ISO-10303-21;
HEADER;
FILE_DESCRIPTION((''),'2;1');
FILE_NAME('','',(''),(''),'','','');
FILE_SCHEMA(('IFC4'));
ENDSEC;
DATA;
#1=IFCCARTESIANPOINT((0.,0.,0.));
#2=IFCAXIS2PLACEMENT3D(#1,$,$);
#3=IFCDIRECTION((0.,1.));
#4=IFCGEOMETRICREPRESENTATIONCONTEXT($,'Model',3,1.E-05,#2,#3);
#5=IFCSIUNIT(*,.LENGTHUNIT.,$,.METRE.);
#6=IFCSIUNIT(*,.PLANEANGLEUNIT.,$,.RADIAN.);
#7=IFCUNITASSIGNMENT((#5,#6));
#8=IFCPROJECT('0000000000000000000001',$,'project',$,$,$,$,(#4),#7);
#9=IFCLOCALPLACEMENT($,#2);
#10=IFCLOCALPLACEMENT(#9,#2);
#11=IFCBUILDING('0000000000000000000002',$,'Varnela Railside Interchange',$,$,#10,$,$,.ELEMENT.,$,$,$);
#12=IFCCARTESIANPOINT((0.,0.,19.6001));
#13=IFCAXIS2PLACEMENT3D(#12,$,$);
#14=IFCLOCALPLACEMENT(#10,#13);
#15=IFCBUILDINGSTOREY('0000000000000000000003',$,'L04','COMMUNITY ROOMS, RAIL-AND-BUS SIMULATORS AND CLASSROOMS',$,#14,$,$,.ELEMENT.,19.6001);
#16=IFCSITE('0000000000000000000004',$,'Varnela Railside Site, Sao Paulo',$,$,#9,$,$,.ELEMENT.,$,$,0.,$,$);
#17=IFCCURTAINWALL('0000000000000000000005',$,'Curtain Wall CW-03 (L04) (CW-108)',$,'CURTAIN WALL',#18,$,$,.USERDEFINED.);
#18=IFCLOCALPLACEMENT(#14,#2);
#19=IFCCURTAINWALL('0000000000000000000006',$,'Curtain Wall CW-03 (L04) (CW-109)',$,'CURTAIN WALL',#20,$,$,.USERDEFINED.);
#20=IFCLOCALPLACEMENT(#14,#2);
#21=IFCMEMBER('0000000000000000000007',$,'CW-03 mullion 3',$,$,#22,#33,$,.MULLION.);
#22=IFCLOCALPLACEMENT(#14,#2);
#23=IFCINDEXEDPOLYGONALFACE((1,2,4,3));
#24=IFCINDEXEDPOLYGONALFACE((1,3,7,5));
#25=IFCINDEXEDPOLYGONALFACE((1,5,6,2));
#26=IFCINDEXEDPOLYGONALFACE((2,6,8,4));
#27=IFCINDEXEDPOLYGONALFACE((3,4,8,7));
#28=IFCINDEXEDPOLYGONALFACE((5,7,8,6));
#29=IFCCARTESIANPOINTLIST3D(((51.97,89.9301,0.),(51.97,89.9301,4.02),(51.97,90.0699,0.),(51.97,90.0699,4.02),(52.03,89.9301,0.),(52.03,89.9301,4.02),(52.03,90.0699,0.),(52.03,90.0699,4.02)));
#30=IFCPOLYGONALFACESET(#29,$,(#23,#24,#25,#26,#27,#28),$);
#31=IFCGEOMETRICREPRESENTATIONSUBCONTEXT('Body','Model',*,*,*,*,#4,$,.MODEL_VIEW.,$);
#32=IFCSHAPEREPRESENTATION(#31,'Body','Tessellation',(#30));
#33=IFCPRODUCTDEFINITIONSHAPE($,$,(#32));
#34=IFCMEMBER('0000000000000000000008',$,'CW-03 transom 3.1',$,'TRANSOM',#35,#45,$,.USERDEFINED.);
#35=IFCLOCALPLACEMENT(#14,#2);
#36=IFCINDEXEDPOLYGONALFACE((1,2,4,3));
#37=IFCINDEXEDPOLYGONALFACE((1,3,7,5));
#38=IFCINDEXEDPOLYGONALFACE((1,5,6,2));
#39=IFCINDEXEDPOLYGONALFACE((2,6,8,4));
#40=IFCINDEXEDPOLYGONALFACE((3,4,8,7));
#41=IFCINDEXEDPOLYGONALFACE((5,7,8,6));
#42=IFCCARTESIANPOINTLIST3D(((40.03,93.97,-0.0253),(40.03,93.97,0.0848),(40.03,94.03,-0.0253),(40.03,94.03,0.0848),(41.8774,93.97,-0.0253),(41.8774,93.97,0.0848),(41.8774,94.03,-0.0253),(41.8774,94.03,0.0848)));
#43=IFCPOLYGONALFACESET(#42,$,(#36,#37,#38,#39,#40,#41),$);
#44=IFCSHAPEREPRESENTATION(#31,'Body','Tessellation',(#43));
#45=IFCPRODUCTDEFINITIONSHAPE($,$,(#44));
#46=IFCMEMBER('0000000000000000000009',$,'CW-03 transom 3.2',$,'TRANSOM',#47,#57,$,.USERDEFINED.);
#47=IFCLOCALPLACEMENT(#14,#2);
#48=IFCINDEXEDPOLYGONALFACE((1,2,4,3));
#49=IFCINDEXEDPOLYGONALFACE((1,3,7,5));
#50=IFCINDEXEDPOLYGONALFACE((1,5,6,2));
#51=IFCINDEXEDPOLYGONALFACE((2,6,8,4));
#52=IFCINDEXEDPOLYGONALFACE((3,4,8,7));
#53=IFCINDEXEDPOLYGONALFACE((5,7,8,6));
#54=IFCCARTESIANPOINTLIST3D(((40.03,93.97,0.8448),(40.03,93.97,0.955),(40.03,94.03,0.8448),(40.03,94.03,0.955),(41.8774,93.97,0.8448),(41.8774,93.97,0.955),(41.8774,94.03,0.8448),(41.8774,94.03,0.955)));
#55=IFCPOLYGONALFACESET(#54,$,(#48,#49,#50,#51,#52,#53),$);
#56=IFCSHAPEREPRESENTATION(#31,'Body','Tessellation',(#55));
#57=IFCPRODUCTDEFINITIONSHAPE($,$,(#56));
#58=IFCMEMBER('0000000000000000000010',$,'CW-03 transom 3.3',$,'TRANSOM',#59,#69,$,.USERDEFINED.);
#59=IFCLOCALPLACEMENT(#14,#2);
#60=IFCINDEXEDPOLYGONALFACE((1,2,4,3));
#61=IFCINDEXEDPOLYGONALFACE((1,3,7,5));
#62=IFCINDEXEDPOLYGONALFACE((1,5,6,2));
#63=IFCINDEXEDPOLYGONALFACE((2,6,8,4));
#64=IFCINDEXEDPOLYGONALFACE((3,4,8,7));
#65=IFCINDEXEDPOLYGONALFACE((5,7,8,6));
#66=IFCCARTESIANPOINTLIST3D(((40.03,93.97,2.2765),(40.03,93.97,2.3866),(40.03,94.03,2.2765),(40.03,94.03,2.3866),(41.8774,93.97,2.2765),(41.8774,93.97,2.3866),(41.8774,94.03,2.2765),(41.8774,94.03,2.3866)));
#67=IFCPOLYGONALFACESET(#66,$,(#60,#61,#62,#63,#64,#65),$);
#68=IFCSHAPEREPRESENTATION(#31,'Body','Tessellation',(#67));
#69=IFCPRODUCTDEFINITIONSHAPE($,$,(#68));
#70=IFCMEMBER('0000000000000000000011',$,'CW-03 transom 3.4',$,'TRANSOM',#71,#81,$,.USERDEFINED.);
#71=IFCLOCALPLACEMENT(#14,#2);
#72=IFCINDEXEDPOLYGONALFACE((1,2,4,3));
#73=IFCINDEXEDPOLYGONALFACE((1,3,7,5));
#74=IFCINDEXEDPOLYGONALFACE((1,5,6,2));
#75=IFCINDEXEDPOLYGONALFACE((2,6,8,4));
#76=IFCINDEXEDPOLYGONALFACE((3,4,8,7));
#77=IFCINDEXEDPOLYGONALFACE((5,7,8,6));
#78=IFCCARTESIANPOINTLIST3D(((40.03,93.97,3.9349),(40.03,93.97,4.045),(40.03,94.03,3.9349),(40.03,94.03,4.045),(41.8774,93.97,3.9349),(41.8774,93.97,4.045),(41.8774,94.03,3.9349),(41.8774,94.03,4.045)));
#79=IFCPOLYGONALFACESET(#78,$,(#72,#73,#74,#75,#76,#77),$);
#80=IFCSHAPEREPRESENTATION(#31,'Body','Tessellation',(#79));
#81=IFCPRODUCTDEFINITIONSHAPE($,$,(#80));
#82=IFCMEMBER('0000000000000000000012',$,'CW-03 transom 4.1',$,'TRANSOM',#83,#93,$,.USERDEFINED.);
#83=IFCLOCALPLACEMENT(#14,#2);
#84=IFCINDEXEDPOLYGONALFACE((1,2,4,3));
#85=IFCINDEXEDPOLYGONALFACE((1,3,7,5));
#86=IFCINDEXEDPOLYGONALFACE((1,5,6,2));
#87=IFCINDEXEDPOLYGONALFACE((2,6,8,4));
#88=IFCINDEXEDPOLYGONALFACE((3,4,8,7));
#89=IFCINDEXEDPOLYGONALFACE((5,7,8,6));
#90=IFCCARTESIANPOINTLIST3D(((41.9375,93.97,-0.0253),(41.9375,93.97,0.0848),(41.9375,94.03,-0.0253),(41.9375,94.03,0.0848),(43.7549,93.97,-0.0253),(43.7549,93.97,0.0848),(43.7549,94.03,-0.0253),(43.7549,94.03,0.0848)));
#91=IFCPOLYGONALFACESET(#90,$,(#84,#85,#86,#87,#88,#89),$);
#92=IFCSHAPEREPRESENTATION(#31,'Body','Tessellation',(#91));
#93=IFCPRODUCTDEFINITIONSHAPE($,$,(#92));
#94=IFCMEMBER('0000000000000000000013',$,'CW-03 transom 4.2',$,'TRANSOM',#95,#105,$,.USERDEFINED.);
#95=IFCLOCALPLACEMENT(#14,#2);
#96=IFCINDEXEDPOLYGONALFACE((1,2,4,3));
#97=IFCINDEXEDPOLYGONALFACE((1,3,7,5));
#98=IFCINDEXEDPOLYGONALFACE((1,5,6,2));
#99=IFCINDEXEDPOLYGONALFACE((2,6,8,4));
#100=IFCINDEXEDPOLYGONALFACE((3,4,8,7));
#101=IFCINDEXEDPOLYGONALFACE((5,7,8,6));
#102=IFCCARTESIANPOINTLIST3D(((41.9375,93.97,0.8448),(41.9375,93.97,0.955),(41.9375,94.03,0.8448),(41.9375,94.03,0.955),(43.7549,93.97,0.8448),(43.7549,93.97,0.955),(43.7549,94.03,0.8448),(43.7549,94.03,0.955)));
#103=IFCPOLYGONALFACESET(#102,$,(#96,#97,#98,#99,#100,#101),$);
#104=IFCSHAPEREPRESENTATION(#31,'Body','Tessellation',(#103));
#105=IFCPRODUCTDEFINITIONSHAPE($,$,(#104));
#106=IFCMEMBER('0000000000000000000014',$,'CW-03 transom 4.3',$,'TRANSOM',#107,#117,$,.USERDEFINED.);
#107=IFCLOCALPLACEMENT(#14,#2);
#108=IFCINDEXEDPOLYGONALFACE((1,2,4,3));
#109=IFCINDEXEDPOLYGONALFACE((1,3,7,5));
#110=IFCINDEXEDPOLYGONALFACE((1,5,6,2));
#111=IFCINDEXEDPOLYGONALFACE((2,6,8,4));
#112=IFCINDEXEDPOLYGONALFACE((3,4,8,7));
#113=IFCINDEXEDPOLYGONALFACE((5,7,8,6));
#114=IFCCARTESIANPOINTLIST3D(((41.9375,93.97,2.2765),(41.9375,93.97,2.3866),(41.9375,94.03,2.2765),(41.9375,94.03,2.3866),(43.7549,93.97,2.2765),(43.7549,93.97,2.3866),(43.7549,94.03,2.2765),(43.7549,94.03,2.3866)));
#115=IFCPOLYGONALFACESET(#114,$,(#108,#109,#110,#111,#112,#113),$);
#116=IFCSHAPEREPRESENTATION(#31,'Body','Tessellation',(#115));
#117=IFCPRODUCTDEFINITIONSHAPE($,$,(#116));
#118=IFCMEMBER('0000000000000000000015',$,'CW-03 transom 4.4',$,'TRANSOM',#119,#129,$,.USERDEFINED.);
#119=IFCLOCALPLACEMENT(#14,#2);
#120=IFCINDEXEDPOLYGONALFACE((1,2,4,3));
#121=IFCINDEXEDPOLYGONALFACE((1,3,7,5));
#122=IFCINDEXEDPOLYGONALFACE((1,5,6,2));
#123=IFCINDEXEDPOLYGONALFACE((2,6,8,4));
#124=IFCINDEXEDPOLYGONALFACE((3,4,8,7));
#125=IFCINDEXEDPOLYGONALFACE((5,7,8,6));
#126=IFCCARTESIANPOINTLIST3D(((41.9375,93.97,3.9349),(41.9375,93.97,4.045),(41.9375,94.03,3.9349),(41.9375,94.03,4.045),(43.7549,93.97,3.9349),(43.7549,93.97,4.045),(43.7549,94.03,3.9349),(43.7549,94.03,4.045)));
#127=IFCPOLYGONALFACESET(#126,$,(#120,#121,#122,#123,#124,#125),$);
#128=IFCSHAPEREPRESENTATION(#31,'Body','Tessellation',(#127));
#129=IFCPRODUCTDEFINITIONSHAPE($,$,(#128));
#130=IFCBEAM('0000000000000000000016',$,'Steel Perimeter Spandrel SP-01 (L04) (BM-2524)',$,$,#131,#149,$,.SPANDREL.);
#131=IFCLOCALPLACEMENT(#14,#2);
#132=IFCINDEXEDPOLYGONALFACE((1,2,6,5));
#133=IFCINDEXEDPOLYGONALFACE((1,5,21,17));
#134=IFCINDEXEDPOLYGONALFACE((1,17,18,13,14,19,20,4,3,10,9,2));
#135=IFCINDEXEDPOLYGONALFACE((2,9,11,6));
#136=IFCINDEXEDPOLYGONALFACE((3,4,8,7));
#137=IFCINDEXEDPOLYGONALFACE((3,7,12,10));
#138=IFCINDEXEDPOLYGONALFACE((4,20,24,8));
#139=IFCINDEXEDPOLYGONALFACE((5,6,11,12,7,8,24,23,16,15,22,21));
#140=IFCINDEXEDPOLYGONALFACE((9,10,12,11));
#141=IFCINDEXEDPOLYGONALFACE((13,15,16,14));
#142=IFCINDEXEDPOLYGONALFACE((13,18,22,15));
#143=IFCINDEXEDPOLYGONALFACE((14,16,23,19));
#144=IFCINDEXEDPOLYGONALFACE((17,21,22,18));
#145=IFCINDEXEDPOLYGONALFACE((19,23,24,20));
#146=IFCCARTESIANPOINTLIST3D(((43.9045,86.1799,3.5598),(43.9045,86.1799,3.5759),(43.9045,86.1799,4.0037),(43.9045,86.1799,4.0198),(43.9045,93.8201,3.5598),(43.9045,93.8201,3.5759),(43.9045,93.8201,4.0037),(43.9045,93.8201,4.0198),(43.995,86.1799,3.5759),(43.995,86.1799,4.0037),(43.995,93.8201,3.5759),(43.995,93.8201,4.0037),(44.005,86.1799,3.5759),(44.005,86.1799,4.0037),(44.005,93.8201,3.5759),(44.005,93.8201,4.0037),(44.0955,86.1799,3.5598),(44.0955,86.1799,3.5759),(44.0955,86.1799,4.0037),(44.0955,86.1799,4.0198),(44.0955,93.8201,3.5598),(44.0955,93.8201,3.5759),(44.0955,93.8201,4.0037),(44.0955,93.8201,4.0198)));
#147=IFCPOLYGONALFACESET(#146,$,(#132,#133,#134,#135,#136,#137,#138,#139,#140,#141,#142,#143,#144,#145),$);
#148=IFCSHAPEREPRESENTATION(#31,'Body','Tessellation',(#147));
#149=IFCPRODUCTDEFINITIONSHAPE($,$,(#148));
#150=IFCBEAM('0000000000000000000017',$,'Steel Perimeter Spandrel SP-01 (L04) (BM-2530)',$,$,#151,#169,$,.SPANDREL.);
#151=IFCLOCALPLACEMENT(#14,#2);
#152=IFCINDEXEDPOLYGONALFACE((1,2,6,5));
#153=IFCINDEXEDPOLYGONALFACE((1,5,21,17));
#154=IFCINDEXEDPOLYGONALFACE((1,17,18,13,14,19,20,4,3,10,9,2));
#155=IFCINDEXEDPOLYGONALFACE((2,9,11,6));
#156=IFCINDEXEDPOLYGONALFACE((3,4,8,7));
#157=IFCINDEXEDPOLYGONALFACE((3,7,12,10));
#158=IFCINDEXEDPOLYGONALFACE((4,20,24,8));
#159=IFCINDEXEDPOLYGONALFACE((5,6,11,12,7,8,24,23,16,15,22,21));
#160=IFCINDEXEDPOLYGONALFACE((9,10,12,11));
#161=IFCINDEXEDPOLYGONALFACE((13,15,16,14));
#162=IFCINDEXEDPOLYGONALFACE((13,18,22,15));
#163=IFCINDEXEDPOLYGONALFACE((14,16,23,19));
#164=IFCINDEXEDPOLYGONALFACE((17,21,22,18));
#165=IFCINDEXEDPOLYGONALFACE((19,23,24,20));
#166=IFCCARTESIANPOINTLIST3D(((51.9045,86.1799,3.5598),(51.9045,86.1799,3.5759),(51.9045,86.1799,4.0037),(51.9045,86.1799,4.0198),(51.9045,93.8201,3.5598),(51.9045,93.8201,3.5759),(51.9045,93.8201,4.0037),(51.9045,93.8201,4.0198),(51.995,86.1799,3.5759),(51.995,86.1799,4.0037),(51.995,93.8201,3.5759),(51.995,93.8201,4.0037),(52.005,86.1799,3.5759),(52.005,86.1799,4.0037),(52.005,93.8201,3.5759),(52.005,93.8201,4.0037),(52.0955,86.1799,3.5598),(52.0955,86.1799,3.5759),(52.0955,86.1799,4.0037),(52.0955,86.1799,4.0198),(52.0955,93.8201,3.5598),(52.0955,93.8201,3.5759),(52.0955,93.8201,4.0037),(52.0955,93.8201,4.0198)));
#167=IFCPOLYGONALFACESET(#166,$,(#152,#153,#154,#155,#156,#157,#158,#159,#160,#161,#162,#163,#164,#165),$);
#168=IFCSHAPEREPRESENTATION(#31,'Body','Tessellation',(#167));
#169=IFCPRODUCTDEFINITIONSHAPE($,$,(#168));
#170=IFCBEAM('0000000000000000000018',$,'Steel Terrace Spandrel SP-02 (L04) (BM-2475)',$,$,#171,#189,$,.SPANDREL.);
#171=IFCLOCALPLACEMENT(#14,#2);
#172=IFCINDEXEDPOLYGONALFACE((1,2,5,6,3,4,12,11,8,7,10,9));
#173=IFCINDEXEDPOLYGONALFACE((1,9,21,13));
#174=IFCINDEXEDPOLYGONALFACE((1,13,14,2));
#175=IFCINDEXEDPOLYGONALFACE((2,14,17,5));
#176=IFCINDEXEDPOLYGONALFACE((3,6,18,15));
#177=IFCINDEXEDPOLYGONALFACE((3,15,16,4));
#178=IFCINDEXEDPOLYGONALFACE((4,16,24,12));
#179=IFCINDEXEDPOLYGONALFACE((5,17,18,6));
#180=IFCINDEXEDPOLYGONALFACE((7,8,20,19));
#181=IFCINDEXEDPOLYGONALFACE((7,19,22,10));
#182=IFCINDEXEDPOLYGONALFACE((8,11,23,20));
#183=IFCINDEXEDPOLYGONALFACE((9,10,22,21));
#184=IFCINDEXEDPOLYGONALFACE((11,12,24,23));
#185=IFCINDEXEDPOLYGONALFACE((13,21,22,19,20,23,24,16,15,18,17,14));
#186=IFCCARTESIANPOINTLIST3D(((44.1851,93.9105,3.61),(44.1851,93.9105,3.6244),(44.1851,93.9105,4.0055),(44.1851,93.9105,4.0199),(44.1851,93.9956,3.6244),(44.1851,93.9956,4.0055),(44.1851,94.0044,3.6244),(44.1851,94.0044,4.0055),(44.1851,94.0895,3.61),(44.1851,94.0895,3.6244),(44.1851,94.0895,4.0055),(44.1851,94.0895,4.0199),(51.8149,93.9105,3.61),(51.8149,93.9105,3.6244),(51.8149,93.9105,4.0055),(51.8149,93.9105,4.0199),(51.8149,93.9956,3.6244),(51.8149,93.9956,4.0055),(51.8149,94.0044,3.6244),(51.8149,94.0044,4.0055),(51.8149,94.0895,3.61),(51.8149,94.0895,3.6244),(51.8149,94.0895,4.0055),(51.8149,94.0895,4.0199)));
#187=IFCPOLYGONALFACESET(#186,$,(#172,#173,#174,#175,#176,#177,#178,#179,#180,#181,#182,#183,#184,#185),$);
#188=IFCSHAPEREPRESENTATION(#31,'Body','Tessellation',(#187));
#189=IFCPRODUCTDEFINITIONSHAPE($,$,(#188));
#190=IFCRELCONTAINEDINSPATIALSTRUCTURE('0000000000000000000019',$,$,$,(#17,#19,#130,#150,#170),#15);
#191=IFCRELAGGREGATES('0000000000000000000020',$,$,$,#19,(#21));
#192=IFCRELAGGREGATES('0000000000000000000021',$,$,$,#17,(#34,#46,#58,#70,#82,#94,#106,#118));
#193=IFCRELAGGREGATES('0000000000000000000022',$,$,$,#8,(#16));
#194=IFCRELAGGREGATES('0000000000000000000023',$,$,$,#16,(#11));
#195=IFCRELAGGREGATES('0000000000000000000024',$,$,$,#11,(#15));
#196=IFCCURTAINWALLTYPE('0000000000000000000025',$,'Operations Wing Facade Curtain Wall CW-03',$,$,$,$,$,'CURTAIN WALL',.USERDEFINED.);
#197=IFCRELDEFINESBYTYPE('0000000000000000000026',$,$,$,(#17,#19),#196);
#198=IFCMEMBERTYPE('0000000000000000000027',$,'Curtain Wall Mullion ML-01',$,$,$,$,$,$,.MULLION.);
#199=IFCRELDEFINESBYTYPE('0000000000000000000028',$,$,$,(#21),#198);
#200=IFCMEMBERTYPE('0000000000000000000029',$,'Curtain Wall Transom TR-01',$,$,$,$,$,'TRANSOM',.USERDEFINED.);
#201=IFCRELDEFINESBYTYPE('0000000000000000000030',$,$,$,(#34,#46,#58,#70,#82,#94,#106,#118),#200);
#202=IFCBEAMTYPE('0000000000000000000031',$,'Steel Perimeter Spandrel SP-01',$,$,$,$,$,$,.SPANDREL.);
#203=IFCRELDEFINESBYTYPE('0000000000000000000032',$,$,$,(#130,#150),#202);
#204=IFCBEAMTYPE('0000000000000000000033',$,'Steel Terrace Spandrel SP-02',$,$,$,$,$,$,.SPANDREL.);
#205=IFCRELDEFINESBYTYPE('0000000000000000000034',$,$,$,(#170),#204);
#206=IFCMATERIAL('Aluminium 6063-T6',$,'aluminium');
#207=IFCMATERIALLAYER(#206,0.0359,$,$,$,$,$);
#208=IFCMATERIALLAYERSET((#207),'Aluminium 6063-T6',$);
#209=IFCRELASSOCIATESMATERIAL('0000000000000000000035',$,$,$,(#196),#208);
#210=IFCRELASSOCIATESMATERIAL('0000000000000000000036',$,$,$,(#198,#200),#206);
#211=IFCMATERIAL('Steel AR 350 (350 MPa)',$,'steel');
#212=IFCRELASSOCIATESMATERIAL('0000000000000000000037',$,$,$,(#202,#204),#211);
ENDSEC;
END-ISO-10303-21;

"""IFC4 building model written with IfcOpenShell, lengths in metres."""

from ifc_helpers import new_model, si_unit, direction, frame, origin, origin_2d, place, context, subcontext, project, spatial, rectangle, i_section, extrude, material, layer, layer_set, material_profile, profile_set, type_object, element, aggregate, save


model = new_model("IFC4")

# Units and contexts
model_context = context("Model", 3, precision=1e-05, world=origin(), true_north=direction((0.0, 1.0)))
body_context = subcontext(model_context, "Body", "Model", "MODEL_VIEW")
ifc_project = project(units=[si_unit("LENGTHUNIT", "METRE"), si_unit("PLANEANGLEUNIT", "RADIAN")], contexts=[model_context])

# Site, building, storey
site_placement = place(None, origin())
site = spatial("IfcSite", under=ifc_project, at=site_placement, Name="Varnela Railside Site, Sao Paulo", CompositionType="ELEMENT", RefElevation=0.0)
building_placement = place(site_placement, origin())
building = spatial("IfcBuilding", under=site, at=building_placement, Name="Varnela Railside Interchange", CompositionType="ELEMENT")
storey_placement = place(building_placement, frame((0.0, 0.0, 19.6001)))
storey = spatial("IfcBuildingStorey", under=building, at=storey_placement, Name="L04", Description="COMMUNITY ROOMS, RAIL-AND-BUS SIMULATORS AND CLASSROOMS", CompositionType="ELEMENT", Elevation=19.6001)

# Shared definitions
ifc_material_1 = material(Name="Steel AR 350 (350 MPa)", Category="steel")

# Curtain walls, member
ifc_material_2 = material(Name="Aluminium 6063-T6", Category="aluminium")
ifc_layer_1 = layer(ifc_material_2, 0.0359)
ifc_layer_set_1 = layer_set([ifc_layer_1], Name="Aluminium 6063-T6")
curtain_wall_type = type_object("IfcCurtainWallType", Name="Operations Wing Facade Curtain Wall CW-03", ElementType="CURTAIN WALL", PredefinedType="USERDEFINED", material=ifc_layer_set_1)
curtain_wall_1_placement = place(storey_placement, origin())
curtain_wall_1 = element("IfcCurtainWall", 1, at=curtain_wall_1_placement, inside=storey, type_object=curtain_wall_type, Name="Curtain Wall CW-03 (L04) (CW-108)", ObjectType="CURTAIN WALL", PredefinedType="USERDEFINED")
ifc_material_profile_1 = material_profile(ifc_material_2, rectangle(XDim=0.0601, YDim=0.1399, at=origin_2d()), Name="ALU 60x140")
ifc_profile_set_1 = profile_set([ifc_material_profile_1], Name="Aluminium 6063-T6")
member_type_1 = type_object("IfcMemberType", Name="Curtain Wall Mullion ML-01", PredefinedType="MULLION", material=ifc_profile_set_1)
curtain_wall_2_placement = place(storey_placement, origin())
curtain_wall_2 = element("IfcCurtainWall", 2, at=curtain_wall_2_placement, inside=storey, type_object=curtain_wall_type, Name="Curtain Wall CW-03 (L04) (CW-109)", ObjectType="CURTAIN WALL", PredefinedType="USERDEFINED")
member_1_placement = place(storey_placement, frame((52.0, 90.0, 0.0), z_axis=(0.0, 0.0, 1.0), x_axis=(1.0, 0.0, 0.0)))
member_1 = element("IfcMember", 3, at=member_1_placement, type_object=member_type_1, Name="CW-03 mullion 3", PredefinedType="MULLION", context=body_context, shape_type="SweptSolid", body=[
    extrude(rectangle(XDim=0.0601, YDim=0.1399, at=origin_2d()), origin(), (0.0, 0.0, 1.0), 4.02),
])
aggregate(curtain_wall_2, [member_1])

# Members
ifc_material_profile_2 = material_profile(ifc_material_2, rectangle(XDim=0.0601, YDim=0.1101, at=origin_2d()), Name="ALU 60x110")
ifc_profile_set_2 = profile_set([ifc_material_profile_2], Name="Aluminium 6063-T6")
member_type_2 = type_object("IfcMemberType", Name="Curtain Wall Transom TR-01", ElementType="TRANSOM", PredefinedType="USERDEFINED", material=ifc_profile_set_2)
member_2_placement = place(storey_placement, frame((40.03, 94.0, 0.0298), z_axis=(1.0, 0.0, 0.0), x_axis=(0.0, 1.0, 0.0)))
member_2 = element("IfcMember", 4, at=member_2_placement, type_object=member_type_2, Name="CW-03 transom 3.1", ObjectType="TRANSOM", PredefinedType="USERDEFINED", context=body_context, shape_type="SweptSolid", body=[
    extrude(rectangle(XDim=0.0601, YDim=0.1101, at=origin_2d()), origin(), (0.0, 0.0, 1.0), 1.8474),
])
member_3_placement = place(storey_placement, frame((40.03, 94.0, 0.8999), z_axis=(1.0, 0.0, 0.0), x_axis=(0.0, 1.0, 0.0)))
member_3 = element("IfcMember", 5, at=member_3_placement, type_object=member_type_2, Name="CW-03 transom 3.2", ObjectType="TRANSOM", PredefinedType="USERDEFINED", context=body_context, shape_type="SweptSolid", body=[
    extrude(rectangle(XDim=0.0601, YDim=0.1101, at=origin_2d()), origin(), (0.0, 0.0, 1.0), 1.8474),
])
member_4_placement = place(storey_placement, frame((40.03, 94.0, 2.3315), z_axis=(1.0, 0.0, 0.0), x_axis=(0.0, 1.0, 0.0)))
member_4 = element("IfcMember", 6, at=member_4_placement, type_object=member_type_2, Name="CW-03 transom 3.3", ObjectType="TRANSOM", PredefinedType="USERDEFINED", context=body_context, shape_type="SweptSolid", body=[
    extrude(rectangle(XDim=0.0601, YDim=0.1101, at=origin_2d()), origin(), (0.0, 0.0, 1.0), 1.8474),
])
member_5_placement = place(storey_placement, frame((40.03, 94.0, 3.99), z_axis=(1.0, 0.0, 0.0), x_axis=(0.0, 1.0, 0.0)))
member_5 = element("IfcMember", 7, at=member_5_placement, type_object=member_type_2, Name="CW-03 transom 3.4", ObjectType="TRANSOM", PredefinedType="USERDEFINED", context=body_context, shape_type="SweptSolid", body=[
    extrude(rectangle(XDim=0.0601, YDim=0.1101, at=origin_2d()), origin(), (0.0, 0.0, 1.0), 1.8474),
])
member_6_placement = place(storey_placement, frame((41.9375, 94.0, 0.0298), z_axis=(1.0, 0.0, 0.0), x_axis=(0.0, 1.0, 0.0)))
member_6 = element("IfcMember", 8, at=member_6_placement, type_object=member_type_2, Name="CW-03 transom 4.1", ObjectType="TRANSOM", PredefinedType="USERDEFINED", context=body_context, shape_type="SweptSolid", body=[
    extrude(rectangle(XDim=0.0601, YDim=0.1101, at=origin_2d()), origin(), (0.0, 0.0, 1.0), 1.8174),
])
member_7_placement = place(storey_placement, frame((41.9375, 94.0, 0.8999), z_axis=(1.0, 0.0, 0.0), x_axis=(0.0, 1.0, 0.0)))
member_7 = element("IfcMember", 9, at=member_7_placement, type_object=member_type_2, Name="CW-03 transom 4.2", ObjectType="TRANSOM", PredefinedType="USERDEFINED", context=body_context, shape_type="SweptSolid", body=[
    extrude(rectangle(XDim=0.0601, YDim=0.1101, at=origin_2d()), origin(), (0.0, 0.0, 1.0), 1.8174),
])
member_8_placement = place(storey_placement, frame((41.9375, 94.0, 2.3315), z_axis=(1.0, 0.0, 0.0), x_axis=(0.0, 1.0, 0.0)))
member_8 = element("IfcMember", 10, at=member_8_placement, type_object=member_type_2, Name="CW-03 transom 4.3", ObjectType="TRANSOM", PredefinedType="USERDEFINED", context=body_context, shape_type="SweptSolid", body=[
    extrude(rectangle(XDim=0.0601, YDim=0.1101, at=origin_2d()), origin(), (0.0, 0.0, 1.0), 1.8174),
])
member_9_placement = place(storey_placement, frame((41.9375, 94.0, 3.99), z_axis=(1.0, 0.0, 0.0), x_axis=(0.0, 1.0, 0.0)))
member_9 = element("IfcMember", 11, at=member_9_placement, type_object=member_type_2, Name="CW-03 transom 4.4", ObjectType="TRANSOM", PredefinedType="USERDEFINED", context=body_context, shape_type="SweptSolid", body=[
    extrude(rectangle(XDim=0.0601, YDim=0.1101, at=origin_2d()), origin(), (0.0, 0.0, 1.0), 1.8174),
])

# Beams
ifc_material_profile_3 = material_profile(ifc_material_1, i_section(OverallWidth=0.1909, OverallDepth=0.46, WebThickness=0.01, FlangeThickness=0.0161, at=origin_2d()), Name="W460x82")
ifc_profile_set_3 = profile_set([ifc_material_profile_3], Name="Steel AR 350 (350 MPa)")
beam_type_1 = type_object("IfcBeamType", Name="Steel Perimeter Spandrel SP-01", PredefinedType="SPANDREL", material=ifc_profile_set_3)
for number, where, z_axis, x_axis, name in (
    (12, (44.0, 86.1799, 3.7898), (0.0, 1.0, 0.0), (-1.0, 0.0, 0.0), "Steel Perimeter Spandrel SP-01 (L04) (BM-2524)"),
    (13, (52.0, 86.1799, 3.7898), (0.0, 1.0, 0.0), (-1.0, 0.0, 0.0), "Steel Perimeter Spandrel SP-01 (L04) (BM-2530)"),
):
    element("IfcBeam", number, at=place(storey_placement, frame(where, z_axis=z_axis, x_axis=x_axis)), inside=storey, type_object=beam_type_1, Name=name, PredefinedType="SPANDREL", context=body_context, shape_type="SweptSolid", body=[
        extrude(i_section(OverallWidth=0.1909, OverallDepth=0.46, WebThickness=0.01, FlangeThickness=0.0161, at=origin_2d()), origin(), (0.0, 0.0, 1.0), 7.6401),
    ])
ifc_material_profile_4 = material_profile(ifc_material_1, i_section(OverallWidth=0.179, OverallDepth=0.4099, WebThickness=0.0088, FlangeThickness=0.0144, at=origin_2d()), Name="W410x67")
ifc_profile_set_4 = profile_set([ifc_material_profile_4], Name="Steel AR 350 (350 MPa)")
beam_type_2 = type_object("IfcBeamType", Name="Steel Terrace Spandrel SP-02", PredefinedType="SPANDREL", material=ifc_profile_set_4)
beam_placement = place(storey_placement, frame((44.1851, 94.0, 3.8149), z_axis=(1.0, 0.0, 0.0), x_axis=(0.0, 1.0, 0.0)))
element("IfcBeam", 14, at=beam_placement, inside=storey, type_object=beam_type_2, Name="Steel Terrace Spandrel SP-02 (L04) (BM-2475)", PredefinedType="SPANDREL", context=body_context, shape_type="SweptSolid", body=[
    extrude(i_section(OverallWidth=0.179, OverallDepth=0.4099, WebThickness=0.0088, FlangeThickness=0.0144, at=origin_2d()), origin(), (0.0, 0.0, 1.0), 7.6299),
])

aggregate(curtain_wall_1, [member_2, member_3, member_4, member_5, member_6, member_7, member_8, member_9])

save(model, "model.ifc")
